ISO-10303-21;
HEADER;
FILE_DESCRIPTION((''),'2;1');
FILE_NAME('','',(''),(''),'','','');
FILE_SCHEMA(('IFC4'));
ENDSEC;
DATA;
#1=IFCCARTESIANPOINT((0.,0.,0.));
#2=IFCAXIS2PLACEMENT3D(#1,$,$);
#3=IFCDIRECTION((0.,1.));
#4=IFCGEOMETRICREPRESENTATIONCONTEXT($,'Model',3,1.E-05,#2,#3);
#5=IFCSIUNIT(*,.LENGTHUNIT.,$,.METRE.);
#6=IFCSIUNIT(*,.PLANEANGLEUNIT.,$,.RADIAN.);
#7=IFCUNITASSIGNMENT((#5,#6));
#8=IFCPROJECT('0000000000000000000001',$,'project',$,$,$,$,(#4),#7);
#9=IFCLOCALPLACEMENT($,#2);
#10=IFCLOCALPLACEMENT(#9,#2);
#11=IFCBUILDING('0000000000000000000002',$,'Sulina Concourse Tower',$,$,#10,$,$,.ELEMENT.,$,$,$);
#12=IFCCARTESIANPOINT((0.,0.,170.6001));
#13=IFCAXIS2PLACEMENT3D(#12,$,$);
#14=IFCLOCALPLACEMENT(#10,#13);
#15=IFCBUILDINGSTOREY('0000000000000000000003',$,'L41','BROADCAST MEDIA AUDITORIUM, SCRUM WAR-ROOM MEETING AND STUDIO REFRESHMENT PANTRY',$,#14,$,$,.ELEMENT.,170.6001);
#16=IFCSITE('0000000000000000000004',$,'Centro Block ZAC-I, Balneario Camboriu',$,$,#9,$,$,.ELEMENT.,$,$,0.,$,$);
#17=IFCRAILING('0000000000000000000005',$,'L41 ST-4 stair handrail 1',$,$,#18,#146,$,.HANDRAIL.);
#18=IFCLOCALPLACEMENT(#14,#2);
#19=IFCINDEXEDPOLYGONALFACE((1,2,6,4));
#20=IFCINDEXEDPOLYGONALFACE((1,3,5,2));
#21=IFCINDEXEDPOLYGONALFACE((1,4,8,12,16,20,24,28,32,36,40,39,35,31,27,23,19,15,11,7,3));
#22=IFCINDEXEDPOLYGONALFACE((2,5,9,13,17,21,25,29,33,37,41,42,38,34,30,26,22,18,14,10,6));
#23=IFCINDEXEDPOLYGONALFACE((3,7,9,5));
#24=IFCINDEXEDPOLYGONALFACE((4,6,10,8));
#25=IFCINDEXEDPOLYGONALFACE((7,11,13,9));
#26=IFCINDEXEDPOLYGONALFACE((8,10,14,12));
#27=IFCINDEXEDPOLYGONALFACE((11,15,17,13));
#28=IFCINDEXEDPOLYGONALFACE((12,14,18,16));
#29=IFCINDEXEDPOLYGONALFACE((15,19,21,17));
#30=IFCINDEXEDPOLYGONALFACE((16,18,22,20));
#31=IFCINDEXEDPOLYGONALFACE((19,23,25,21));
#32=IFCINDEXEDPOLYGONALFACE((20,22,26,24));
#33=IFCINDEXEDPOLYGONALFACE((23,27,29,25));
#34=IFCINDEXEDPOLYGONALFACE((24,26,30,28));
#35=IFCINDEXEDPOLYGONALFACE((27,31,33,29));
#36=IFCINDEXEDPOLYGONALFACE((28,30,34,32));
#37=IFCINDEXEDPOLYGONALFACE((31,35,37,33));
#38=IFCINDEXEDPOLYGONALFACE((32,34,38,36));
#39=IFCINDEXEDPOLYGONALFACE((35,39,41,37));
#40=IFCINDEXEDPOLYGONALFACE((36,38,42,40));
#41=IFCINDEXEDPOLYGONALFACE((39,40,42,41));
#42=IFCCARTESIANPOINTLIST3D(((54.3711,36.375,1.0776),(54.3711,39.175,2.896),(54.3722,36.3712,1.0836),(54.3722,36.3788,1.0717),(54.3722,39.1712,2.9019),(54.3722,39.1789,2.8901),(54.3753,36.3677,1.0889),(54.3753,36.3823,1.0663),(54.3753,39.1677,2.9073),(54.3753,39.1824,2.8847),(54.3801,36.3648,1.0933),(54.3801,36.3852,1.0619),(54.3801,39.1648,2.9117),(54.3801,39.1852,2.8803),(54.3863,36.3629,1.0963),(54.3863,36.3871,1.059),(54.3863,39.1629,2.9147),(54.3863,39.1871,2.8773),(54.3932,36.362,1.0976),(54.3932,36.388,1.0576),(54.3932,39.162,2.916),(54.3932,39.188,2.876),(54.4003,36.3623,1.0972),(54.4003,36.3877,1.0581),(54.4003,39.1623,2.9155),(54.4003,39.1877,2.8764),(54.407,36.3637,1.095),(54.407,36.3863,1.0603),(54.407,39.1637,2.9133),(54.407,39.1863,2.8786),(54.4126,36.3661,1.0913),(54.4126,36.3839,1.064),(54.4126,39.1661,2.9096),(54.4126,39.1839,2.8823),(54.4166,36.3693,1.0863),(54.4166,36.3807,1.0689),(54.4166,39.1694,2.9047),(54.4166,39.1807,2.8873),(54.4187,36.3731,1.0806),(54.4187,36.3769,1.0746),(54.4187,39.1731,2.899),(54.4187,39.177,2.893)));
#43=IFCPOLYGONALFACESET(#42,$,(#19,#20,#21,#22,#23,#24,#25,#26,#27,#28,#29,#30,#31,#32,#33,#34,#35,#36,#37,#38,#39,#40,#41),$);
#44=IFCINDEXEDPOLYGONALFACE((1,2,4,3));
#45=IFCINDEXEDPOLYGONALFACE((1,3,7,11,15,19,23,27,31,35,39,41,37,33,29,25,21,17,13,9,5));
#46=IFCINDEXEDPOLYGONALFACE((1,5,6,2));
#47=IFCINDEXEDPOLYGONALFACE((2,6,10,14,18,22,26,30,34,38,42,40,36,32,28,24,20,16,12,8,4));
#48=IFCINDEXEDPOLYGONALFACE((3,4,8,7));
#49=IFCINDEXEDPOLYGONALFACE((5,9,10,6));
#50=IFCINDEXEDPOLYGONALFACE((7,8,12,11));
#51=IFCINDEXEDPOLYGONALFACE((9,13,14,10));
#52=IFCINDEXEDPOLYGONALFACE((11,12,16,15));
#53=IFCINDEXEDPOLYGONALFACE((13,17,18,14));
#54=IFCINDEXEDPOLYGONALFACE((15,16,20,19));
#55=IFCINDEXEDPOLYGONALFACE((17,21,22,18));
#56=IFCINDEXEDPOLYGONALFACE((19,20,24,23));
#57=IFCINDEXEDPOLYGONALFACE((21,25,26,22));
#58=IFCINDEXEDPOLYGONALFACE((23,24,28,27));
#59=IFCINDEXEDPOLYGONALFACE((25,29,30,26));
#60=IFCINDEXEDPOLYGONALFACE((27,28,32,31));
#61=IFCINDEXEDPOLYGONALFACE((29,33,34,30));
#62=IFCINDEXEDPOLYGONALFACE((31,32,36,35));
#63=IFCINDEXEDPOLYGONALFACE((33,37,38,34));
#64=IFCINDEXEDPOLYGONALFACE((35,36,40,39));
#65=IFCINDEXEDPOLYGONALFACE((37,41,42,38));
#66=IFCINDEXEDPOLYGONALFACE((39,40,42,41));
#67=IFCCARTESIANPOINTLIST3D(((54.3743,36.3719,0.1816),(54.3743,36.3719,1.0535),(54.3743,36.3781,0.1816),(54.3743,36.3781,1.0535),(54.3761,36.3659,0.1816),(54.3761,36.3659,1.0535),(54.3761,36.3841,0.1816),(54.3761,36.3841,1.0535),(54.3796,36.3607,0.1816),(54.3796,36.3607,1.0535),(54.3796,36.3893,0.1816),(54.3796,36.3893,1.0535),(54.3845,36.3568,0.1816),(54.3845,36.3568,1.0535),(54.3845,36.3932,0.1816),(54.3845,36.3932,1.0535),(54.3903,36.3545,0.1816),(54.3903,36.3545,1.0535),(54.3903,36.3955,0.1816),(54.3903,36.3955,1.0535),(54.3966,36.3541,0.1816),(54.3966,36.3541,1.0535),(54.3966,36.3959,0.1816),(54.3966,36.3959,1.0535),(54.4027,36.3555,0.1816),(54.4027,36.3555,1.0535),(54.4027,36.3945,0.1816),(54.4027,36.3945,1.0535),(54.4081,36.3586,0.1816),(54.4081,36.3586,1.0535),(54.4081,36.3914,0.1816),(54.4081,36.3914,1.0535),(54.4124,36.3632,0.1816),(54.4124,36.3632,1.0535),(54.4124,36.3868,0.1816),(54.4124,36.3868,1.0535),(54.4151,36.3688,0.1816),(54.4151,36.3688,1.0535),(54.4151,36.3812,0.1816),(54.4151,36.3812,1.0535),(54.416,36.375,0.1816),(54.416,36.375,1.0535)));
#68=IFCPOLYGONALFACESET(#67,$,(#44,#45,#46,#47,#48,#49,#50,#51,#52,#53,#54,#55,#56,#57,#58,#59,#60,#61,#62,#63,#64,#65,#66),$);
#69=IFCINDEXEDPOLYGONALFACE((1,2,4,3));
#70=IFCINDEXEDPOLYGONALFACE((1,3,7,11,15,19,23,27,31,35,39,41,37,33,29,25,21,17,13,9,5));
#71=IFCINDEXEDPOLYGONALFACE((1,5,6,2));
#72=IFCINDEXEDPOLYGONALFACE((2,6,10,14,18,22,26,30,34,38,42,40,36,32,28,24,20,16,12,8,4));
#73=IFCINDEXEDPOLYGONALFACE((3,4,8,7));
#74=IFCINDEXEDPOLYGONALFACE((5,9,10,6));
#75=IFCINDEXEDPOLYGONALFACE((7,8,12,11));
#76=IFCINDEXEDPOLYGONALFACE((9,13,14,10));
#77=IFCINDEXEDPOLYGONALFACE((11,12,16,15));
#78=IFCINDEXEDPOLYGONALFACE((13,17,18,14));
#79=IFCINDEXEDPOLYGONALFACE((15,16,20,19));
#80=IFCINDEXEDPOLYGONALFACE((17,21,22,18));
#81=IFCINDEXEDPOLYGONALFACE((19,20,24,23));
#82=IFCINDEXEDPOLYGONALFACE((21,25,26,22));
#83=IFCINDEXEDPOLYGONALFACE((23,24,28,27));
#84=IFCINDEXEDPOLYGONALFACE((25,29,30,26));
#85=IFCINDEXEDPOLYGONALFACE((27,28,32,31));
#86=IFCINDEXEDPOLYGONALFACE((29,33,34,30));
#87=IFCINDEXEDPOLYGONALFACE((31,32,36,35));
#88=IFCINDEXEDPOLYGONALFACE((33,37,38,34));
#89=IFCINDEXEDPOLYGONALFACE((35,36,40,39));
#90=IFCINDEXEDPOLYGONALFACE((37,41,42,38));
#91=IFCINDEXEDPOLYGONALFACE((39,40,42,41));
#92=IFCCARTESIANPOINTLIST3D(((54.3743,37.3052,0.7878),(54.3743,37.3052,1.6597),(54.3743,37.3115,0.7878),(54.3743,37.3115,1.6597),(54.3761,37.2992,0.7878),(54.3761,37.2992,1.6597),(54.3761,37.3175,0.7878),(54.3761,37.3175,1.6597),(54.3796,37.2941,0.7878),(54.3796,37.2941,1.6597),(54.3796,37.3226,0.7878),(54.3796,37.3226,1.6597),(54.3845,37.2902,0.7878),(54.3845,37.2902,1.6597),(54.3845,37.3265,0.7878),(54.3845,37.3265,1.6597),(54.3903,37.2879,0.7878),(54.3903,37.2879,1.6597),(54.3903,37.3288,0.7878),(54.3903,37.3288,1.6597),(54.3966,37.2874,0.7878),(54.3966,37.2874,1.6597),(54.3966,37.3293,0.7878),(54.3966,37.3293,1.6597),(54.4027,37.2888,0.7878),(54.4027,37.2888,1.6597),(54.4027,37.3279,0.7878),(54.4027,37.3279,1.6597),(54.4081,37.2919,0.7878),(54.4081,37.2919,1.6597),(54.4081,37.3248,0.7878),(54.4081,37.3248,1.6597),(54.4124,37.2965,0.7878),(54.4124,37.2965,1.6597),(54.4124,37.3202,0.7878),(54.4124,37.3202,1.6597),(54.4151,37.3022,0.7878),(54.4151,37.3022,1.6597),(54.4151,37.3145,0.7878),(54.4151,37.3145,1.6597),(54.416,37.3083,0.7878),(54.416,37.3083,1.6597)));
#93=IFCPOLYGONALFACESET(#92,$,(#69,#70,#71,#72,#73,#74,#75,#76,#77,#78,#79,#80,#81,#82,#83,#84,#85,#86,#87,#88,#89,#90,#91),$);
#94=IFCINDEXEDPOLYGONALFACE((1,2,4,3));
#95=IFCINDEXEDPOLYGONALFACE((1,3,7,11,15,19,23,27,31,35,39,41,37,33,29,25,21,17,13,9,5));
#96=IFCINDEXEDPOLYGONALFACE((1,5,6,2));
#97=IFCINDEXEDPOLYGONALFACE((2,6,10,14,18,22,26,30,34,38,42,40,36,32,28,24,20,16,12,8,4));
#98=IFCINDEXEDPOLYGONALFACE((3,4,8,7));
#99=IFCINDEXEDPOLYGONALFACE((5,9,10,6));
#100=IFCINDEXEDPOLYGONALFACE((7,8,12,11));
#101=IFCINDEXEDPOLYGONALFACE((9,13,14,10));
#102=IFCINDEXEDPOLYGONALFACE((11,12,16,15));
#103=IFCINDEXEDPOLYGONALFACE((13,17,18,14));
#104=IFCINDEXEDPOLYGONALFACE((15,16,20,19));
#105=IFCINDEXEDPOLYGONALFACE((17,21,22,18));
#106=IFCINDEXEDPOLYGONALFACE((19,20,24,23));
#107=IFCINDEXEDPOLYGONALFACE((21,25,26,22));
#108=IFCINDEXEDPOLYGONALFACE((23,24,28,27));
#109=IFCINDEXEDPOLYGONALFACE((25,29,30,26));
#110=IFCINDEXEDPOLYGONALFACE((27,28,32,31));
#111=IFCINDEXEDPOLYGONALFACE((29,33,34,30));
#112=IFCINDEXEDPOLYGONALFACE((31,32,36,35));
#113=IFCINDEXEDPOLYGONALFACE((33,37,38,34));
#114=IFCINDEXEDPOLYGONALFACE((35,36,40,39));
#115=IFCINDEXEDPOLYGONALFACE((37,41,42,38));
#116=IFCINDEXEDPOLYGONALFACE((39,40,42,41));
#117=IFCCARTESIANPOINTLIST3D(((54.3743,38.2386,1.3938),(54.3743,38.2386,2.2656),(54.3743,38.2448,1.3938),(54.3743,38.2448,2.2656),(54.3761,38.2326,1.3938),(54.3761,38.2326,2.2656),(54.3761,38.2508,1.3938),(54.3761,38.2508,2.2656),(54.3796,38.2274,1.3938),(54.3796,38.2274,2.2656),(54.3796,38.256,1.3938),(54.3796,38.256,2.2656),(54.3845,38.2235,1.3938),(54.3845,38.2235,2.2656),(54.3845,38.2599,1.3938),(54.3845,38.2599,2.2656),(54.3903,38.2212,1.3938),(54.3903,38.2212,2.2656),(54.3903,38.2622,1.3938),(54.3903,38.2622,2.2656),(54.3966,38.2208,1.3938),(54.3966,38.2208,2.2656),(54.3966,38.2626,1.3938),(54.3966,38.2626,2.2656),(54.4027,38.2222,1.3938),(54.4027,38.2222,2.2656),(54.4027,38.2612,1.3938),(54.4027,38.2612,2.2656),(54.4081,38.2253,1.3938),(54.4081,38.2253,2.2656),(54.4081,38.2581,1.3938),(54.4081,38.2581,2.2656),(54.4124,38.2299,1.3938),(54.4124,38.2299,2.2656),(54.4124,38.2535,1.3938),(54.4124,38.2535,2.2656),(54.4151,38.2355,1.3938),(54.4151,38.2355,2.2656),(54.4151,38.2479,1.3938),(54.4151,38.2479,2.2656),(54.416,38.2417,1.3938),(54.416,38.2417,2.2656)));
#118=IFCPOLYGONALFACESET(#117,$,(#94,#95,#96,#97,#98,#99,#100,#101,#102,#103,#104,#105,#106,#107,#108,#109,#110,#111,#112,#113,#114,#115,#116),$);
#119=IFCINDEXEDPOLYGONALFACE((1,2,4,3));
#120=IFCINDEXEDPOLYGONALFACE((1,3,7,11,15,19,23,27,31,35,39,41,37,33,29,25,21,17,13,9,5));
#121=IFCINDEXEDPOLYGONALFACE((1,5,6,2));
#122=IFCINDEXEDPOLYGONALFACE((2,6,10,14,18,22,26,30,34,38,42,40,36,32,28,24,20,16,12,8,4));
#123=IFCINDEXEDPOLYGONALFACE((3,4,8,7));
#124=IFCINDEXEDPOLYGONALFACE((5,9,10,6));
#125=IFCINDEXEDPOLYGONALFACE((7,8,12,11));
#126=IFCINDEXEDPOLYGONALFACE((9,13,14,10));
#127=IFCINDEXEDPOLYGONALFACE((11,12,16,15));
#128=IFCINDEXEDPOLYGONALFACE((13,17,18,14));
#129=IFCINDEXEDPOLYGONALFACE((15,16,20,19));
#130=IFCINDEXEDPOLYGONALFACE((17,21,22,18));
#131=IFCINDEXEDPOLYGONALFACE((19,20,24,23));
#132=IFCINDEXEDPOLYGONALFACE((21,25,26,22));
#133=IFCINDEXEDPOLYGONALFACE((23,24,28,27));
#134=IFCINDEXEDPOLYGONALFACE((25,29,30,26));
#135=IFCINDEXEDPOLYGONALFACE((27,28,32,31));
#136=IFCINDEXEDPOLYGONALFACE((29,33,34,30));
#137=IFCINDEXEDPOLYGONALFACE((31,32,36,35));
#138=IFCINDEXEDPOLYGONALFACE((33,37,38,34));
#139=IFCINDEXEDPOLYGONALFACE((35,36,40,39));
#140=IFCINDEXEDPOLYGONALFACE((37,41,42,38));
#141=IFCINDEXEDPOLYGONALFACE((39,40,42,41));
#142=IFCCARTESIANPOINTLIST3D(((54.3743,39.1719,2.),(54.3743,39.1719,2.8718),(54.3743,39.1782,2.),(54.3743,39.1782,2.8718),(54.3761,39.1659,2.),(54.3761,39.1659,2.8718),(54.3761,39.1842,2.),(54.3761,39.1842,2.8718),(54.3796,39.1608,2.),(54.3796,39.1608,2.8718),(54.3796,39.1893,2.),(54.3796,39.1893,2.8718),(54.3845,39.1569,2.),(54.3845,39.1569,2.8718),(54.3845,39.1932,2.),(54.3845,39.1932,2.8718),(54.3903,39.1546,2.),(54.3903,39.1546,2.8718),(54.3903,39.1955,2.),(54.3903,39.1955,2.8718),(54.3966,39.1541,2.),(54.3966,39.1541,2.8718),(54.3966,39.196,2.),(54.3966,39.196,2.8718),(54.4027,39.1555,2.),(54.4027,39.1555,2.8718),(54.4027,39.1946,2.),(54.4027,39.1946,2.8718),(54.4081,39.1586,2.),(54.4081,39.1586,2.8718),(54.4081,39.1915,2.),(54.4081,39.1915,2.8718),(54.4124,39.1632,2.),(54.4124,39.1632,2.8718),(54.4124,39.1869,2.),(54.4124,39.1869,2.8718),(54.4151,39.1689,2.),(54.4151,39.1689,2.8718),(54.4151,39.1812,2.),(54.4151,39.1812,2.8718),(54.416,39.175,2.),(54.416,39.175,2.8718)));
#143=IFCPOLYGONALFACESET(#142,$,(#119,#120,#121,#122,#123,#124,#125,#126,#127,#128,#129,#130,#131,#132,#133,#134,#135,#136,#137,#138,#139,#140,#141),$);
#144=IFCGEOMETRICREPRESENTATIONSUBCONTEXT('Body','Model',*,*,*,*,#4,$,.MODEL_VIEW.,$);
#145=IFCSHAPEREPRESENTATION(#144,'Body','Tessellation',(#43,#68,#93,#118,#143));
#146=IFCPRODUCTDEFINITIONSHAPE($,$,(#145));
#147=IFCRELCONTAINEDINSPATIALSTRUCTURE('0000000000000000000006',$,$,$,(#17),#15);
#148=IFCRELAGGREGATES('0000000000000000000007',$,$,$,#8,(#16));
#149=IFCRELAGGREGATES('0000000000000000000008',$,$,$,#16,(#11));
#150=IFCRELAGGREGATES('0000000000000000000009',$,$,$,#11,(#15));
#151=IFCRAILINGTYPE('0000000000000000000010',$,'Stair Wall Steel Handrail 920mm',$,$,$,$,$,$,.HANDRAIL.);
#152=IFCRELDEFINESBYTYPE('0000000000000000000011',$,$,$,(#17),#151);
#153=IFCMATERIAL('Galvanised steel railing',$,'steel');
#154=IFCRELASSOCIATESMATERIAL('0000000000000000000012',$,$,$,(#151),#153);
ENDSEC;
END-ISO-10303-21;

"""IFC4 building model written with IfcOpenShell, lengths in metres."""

from ifc_helpers import new_model, si_unit, direction, frame, origin, origin_2d, place, context, subcontext, project, spatial, circle, extrude, material, type_object, element, save


model = new_model("IFC4")

# Units and contexts
model_context = context("Model", 3, precision=1e-05, world=origin(), true_north=direction((0.0, 1.0)))
body_context = subcontext(model_context, "Body", "Model", "MODEL_VIEW")
ifc_project = project(units=[si_unit("LENGTHUNIT", "METRE"), si_unit("PLANEANGLEUNIT", "RADIAN")], contexts=[model_context])

# Site, building, storey
site_placement = place(None, origin())
site = spatial("IfcSite", under=ifc_project, at=site_placement, Name="Centro Block ZAC-I, Balneario Camboriu", CompositionType="ELEMENT", RefElevation=0.0)
building_placement = place(site_placement, origin())
building = spatial("IfcBuilding", under=site, at=building_placement, Name="Sulina Concourse Tower", CompositionType="ELEMENT")
storey_placement = place(building_placement, frame((0.0, 0.0, 170.6001)))
storey = spatial("IfcBuildingStorey", under=building, at=storey_placement, Name="L41", Description="BROADCAST MEDIA AUDITORIUM, SCRUM WAR-ROOM MEETING AND STUDIO REFRESHMENT PANTRY", CompositionType="ELEMENT", Elevation=170.6001)

# Railing
ifc_material_1 = material(Name="Galvanised steel railing", Category="steel")
railing_type_1 = type_object("IfcRailingType", Name="Stair Wall Steel Handrail 920mm", PredefinedType="HANDRAIL", material=ifc_material_1)
railing_1_placement = place(storey_placement, frame((54.395, 36.375, 0.1816)))
element("IfcRailing", 1, at=railing_1_placement, inside=storey, type_object=railing_type_1, Name="L41 ST-4 stair handrail 1", PredefinedType="HANDRAIL", context=body_context, shape_type="SweptSolid", body=[
    extrude(circle(Radius=0.0239, at=origin_2d()), frame((0.0, 0.0, 0.896), z_axis=(0.0, 0.838672, 0.544636), x_axis=(-1.0, 0.0, 0.0)), (0.0, 0.0, 1.0), 3.3386),
    extrude(circle(Radius=0.021, at=origin_2d()), origin(), (0.0, 0.0, 1.0), 0.8718),
    extrude(circle(Radius=0.021, at=origin_2d()), frame((0.0, 0.9333, 0.6062)), (0.0, 0.0, 1.0), 0.8718),
    extrude(circle(Radius=0.021, at=origin_2d()), frame((0.0, 1.8667, 1.2122)), (0.0, 0.0, 1.0), 0.8718),
    extrude(circle(Radius=0.021, at=origin_2d()), frame((0.0, 2.8, 1.8184)), (0.0, 0.0, 1.0), 0.8718),
])

save(model, "model.ifc")
